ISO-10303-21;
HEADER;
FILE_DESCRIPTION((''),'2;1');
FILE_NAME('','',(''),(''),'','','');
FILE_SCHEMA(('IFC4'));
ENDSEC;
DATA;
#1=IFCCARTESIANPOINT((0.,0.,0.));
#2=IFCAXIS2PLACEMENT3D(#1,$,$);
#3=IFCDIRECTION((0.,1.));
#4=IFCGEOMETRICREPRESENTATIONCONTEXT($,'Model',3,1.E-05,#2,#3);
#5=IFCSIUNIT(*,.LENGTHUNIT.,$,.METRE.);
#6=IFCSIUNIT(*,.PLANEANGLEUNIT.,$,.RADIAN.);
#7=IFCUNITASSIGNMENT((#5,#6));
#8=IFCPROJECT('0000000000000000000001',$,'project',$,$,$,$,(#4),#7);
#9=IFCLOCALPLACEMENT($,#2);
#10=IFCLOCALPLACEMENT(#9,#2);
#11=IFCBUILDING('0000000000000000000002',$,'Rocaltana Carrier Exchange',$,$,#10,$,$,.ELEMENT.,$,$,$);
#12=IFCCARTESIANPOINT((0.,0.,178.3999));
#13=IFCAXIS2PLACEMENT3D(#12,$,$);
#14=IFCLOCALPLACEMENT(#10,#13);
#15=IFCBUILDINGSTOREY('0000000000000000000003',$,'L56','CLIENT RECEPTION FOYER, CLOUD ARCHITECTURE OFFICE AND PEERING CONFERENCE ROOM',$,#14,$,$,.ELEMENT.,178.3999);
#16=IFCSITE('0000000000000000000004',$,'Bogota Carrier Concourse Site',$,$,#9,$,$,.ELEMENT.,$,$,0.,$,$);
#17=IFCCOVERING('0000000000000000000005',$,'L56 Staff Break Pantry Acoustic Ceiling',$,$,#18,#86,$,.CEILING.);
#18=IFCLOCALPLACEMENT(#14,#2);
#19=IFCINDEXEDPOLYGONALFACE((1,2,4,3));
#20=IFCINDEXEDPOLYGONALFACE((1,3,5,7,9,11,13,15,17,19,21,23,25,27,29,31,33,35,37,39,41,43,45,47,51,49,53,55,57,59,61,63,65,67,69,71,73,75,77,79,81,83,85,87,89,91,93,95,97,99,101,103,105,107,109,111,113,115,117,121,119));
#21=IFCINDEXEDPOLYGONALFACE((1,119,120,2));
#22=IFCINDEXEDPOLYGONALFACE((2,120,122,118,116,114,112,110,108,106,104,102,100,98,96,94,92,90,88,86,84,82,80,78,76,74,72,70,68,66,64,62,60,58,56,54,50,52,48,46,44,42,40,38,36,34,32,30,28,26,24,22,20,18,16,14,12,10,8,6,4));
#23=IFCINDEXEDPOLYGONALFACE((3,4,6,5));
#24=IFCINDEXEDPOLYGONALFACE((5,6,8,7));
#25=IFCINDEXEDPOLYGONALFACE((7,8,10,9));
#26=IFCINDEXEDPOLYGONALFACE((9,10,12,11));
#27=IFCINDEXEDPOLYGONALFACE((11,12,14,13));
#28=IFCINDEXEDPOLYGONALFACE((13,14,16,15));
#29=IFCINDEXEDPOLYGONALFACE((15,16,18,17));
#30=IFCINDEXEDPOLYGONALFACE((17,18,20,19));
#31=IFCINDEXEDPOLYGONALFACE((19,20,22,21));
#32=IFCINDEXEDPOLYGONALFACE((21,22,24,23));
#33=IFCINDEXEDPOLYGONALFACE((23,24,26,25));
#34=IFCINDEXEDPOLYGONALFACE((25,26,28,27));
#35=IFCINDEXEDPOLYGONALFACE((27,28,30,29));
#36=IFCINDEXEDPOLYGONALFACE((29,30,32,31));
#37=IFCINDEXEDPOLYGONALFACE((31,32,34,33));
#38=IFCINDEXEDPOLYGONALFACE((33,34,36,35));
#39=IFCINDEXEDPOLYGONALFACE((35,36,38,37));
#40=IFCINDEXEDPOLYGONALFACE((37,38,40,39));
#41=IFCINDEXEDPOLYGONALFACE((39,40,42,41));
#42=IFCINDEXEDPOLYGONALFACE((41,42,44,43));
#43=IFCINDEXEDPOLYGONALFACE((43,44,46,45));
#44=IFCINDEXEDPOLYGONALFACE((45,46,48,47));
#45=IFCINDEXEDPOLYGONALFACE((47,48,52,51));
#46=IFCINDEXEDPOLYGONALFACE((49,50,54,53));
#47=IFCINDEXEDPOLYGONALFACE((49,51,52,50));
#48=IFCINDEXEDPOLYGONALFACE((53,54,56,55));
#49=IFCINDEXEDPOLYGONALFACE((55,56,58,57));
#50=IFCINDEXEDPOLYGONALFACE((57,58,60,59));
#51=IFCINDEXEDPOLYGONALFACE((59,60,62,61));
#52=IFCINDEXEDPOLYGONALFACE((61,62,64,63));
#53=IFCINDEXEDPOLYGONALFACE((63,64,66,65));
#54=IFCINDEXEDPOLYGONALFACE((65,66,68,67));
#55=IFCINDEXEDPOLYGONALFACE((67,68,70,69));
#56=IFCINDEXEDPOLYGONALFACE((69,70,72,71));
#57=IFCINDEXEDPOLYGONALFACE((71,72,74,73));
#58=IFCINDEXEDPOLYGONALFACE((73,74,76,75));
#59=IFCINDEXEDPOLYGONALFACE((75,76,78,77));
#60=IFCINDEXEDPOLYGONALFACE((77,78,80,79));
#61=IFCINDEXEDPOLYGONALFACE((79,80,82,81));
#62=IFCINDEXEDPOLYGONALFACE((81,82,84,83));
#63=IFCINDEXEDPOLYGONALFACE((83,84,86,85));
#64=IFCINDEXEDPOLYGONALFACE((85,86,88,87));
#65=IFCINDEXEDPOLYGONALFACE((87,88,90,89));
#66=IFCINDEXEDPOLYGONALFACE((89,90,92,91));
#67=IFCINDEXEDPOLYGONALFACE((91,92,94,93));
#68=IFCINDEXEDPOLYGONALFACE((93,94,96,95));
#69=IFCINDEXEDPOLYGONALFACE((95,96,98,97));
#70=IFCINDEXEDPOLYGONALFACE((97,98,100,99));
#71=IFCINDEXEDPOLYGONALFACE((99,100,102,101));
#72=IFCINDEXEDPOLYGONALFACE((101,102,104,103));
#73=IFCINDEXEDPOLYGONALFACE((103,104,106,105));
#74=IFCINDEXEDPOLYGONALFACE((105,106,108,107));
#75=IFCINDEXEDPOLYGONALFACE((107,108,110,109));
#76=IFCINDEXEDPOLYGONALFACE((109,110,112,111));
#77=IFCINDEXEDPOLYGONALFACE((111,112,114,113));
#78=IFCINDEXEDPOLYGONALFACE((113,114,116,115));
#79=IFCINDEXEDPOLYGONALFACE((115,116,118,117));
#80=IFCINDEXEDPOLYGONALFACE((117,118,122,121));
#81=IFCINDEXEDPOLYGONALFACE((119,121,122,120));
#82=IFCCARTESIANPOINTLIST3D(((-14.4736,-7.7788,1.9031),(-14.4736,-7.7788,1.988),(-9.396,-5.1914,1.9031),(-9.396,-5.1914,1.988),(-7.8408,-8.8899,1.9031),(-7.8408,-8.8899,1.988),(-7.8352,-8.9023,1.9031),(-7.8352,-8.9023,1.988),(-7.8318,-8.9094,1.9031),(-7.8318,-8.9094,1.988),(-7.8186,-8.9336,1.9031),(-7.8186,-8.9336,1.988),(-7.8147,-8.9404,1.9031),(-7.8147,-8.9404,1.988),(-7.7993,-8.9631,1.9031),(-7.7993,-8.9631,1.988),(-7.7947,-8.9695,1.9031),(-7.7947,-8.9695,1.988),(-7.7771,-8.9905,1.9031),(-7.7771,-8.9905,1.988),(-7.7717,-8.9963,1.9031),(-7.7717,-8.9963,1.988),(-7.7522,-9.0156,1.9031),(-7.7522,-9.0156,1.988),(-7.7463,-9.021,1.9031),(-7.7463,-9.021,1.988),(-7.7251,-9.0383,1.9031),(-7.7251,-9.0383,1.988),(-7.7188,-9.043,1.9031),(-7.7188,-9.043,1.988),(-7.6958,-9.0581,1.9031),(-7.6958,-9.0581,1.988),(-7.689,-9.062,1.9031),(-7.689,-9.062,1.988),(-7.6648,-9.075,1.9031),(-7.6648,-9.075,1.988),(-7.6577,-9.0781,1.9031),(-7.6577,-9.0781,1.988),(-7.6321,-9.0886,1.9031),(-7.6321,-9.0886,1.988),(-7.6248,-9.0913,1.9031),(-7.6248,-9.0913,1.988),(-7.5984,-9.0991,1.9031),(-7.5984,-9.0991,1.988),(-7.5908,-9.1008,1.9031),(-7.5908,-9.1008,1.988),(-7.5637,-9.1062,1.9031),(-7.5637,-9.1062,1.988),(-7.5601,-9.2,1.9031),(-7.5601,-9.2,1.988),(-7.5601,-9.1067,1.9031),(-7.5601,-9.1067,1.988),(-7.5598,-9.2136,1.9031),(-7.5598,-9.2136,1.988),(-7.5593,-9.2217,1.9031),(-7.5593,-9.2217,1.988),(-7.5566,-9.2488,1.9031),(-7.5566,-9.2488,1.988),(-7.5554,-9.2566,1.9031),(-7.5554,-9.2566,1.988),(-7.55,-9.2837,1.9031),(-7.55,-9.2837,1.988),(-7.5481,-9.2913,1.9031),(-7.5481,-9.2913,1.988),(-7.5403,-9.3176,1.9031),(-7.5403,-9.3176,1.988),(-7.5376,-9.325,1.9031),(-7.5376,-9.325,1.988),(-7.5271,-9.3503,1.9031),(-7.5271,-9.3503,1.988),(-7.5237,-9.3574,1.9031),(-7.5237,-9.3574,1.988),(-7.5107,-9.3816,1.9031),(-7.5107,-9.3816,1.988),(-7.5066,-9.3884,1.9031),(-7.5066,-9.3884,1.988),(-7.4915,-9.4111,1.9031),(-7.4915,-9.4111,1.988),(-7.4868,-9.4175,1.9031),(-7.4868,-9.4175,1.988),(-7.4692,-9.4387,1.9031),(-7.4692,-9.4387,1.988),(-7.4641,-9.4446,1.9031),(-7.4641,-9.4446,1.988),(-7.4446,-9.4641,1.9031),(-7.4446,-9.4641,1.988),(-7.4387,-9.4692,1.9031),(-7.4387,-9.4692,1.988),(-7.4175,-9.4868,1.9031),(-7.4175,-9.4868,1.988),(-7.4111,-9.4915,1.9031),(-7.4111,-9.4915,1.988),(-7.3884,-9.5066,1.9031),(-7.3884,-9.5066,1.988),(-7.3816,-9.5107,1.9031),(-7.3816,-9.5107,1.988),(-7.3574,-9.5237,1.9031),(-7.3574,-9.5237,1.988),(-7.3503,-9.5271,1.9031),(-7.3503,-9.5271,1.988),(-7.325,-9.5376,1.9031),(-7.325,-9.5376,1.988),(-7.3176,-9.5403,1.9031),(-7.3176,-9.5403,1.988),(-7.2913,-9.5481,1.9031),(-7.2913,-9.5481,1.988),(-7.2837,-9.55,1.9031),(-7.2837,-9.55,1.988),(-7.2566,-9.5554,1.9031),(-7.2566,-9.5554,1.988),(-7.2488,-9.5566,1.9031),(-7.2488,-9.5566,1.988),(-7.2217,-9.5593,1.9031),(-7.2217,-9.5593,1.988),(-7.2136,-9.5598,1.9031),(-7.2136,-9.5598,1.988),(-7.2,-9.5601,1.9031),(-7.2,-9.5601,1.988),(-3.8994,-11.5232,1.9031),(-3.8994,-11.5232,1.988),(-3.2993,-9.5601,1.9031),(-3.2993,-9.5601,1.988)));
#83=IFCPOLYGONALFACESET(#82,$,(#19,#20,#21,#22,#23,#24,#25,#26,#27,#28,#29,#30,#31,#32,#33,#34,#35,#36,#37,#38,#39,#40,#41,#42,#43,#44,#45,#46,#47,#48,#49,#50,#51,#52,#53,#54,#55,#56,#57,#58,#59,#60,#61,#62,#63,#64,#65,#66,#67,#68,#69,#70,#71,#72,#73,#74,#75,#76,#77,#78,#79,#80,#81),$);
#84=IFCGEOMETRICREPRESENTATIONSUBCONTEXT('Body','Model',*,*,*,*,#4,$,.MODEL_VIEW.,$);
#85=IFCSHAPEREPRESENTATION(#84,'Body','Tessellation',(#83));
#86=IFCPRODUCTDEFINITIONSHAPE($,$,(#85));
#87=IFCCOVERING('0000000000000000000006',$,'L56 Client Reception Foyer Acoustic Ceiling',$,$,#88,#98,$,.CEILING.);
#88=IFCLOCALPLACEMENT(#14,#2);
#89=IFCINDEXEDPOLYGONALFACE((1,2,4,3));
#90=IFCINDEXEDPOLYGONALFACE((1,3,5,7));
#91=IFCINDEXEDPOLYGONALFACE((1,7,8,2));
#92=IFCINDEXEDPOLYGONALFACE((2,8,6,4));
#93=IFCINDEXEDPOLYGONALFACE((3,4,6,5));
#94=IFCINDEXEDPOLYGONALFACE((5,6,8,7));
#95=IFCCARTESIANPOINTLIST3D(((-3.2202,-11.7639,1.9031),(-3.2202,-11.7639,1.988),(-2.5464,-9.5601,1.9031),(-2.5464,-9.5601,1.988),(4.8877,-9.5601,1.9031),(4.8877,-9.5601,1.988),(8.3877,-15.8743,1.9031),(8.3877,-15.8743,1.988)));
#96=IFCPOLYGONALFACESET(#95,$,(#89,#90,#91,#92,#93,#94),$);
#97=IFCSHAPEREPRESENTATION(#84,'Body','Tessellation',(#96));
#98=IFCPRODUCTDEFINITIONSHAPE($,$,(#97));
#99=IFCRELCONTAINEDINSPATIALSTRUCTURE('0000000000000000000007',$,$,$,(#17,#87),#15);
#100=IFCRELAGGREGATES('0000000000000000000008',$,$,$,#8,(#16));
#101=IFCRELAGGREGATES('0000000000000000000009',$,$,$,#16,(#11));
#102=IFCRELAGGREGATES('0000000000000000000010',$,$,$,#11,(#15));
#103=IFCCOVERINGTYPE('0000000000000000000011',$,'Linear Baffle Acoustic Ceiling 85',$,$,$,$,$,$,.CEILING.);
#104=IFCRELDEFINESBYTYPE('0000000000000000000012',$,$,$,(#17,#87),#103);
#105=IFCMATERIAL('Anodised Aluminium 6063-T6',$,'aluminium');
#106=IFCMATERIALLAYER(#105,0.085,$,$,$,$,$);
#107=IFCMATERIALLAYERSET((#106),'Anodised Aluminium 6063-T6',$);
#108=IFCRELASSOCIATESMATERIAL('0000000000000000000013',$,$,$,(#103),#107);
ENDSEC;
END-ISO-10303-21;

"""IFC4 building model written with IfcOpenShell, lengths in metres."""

from ifc_helpers import new_model, si_unit, direction, frame, origin, place, context, subcontext, project, spatial, polyline, outline, extrude, material, layer, layer_set, type_object, element, save


model = new_model("IFC4")

# Units and contexts
model_context = context("Model", 3, precision=1e-05, world=origin(), true_north=direction((0.0, 1.0)))
body_context = subcontext(model_context, "Body", "Model", "MODEL_VIEW")
ifc_project = project(units=[si_unit("LENGTHUNIT", "METRE"), si_unit("PLANEANGLEUNIT", "RADIAN")], contexts=[model_context])

# Site, building, storey
site_placement = place(None, origin())
site = spatial("IfcSite", under=ifc_project, at=site_placement, Name="Bogota Carrier Concourse Site", CompositionType="ELEMENT", RefElevation=0.0)
building_placement = place(site_placement, origin())
building = spatial("IfcBuilding", under=site, at=building_placement, Name="Rocaltana Carrier Exchange", CompositionType="ELEMENT")
storey_placement = place(building_placement, frame((0.0, 0.0, 178.3999)))
storey = spatial("IfcBuildingStorey", under=building, at=storey_placement, Name="L56", Description="CLIENT RECEPTION FOYER, CLOUD ARCHITECTURE OFFICE AND PEERING CONFERENCE ROOM", CompositionType="ELEMENT", Elevation=178.3999)

# Coverings
ifc_material_1 = material(Name="Anodised Aluminium 6063-T6", Category="aluminium")
ifc_layer_1 = layer(ifc_material_1, 0.085)
ifc_layer_set_1 = layer_set([ifc_layer_1], Name="Anodised Aluminium 6063-T6")
covering_type_1 = type_object("IfcCoveringType", Name="Linear Baffle Acoustic Ceiling 85", PredefinedType="CEILING", material=ifc_layer_set_1)
covering_1_placement = place(storey_placement, frame((0.0, 0.0, 1.9031)))
element("IfcCovering", 1, at=covering_1_placement, inside=storey, type_object=covering_type_1, Name="L56 Staff Break Pantry Acoustic Ceiling", PredefinedType="CEILING", context=body_context, shape_type="SweptSolid", body=[
    extrude(outline(polyline([(-14.4736, -7.7788), (-9.396, -5.1914), (-7.8408, -8.8899), (-7.8352, -8.9023), (-7.8318, -8.9094), (-7.8186, -8.9336), (-7.8147, -8.9404), (-7.7993, -8.9631), (-7.7947, -8.9695), (-7.7771, -8.9905), (-7.7717, -8.9963), (-7.7522, -9.0156), (-7.7463, -9.021), (-7.7251, -9.0383), (-7.7188, -9.043), (-7.6958, -9.0581), (-7.689, -9.062), (-7.6648, -9.075), (-7.6577, -9.0781), (-7.6321, -9.0886), (-7.6248, -9.0913), (-7.5984, -9.0991), (-7.5908, -9.1008), (-7.5637, -9.1062), (-7.5601, -9.1067), (-7.5601, -9.2), (-7.5598, -9.2136), (-7.5593, -9.2217), (-7.5566, -9.2488), (-7.5554, -9.2566), (-7.55, -9.2837), (-7.5481, -9.2913), (-7.5403, -9.3176), (-7.5376, -9.325), (-7.5271, -9.3503), (-7.5237, -9.3574), (-7.5107, -9.3816), (-7.5066, -9.3884), (-7.4915, -9.4111), (-7.4868, -9.4175), (-7.4692, -9.4387), (-7.4641, -9.4446), (-7.4446, -9.4641), (-7.4387, -9.4692), (-7.4175, -9.4868), (-7.4111, -9.4915), (-7.3884, -9.5066), (-7.3816, -9.5107), (-7.3574, -9.5237), (-7.3503, -9.5271), (-7.325, -9.5376), (-7.3176, -9.5403), (-7.2913, -9.5481), (-7.2837, -9.55), (-7.2566, -9.5554), (-7.2488, -9.5566), (-7.2217, -9.5593), (-7.2136, -9.5598), (-7.2, -9.5601), (-3.2993, -9.5601), (-3.8994, -11.5232), (-14.4736, -7.7788)])), origin(), (0.0, 0.0, 1.0), 0.085),
])
covering_2_placement = place(storey_placement, frame((0.0, 0.0, 1.9031)))
element("IfcCovering", 2, at=covering_2_placement, inside=storey, type_object=covering_type_1, Name="L56 Client Reception Foyer Acoustic Ceiling", PredefinedType="CEILING", context=body_context, shape_type="SweptSolid", body=[
    extrude(outline(polyline([(-3.2202, -11.7639), (-2.5464, -9.5601), (4.8877, -9.5601), (8.3877, -15.8743), (-3.2202, -11.7639)])), origin(), (0.0, 0.0, 1.0), 0.085),
])

save(model, "model.ifc")
